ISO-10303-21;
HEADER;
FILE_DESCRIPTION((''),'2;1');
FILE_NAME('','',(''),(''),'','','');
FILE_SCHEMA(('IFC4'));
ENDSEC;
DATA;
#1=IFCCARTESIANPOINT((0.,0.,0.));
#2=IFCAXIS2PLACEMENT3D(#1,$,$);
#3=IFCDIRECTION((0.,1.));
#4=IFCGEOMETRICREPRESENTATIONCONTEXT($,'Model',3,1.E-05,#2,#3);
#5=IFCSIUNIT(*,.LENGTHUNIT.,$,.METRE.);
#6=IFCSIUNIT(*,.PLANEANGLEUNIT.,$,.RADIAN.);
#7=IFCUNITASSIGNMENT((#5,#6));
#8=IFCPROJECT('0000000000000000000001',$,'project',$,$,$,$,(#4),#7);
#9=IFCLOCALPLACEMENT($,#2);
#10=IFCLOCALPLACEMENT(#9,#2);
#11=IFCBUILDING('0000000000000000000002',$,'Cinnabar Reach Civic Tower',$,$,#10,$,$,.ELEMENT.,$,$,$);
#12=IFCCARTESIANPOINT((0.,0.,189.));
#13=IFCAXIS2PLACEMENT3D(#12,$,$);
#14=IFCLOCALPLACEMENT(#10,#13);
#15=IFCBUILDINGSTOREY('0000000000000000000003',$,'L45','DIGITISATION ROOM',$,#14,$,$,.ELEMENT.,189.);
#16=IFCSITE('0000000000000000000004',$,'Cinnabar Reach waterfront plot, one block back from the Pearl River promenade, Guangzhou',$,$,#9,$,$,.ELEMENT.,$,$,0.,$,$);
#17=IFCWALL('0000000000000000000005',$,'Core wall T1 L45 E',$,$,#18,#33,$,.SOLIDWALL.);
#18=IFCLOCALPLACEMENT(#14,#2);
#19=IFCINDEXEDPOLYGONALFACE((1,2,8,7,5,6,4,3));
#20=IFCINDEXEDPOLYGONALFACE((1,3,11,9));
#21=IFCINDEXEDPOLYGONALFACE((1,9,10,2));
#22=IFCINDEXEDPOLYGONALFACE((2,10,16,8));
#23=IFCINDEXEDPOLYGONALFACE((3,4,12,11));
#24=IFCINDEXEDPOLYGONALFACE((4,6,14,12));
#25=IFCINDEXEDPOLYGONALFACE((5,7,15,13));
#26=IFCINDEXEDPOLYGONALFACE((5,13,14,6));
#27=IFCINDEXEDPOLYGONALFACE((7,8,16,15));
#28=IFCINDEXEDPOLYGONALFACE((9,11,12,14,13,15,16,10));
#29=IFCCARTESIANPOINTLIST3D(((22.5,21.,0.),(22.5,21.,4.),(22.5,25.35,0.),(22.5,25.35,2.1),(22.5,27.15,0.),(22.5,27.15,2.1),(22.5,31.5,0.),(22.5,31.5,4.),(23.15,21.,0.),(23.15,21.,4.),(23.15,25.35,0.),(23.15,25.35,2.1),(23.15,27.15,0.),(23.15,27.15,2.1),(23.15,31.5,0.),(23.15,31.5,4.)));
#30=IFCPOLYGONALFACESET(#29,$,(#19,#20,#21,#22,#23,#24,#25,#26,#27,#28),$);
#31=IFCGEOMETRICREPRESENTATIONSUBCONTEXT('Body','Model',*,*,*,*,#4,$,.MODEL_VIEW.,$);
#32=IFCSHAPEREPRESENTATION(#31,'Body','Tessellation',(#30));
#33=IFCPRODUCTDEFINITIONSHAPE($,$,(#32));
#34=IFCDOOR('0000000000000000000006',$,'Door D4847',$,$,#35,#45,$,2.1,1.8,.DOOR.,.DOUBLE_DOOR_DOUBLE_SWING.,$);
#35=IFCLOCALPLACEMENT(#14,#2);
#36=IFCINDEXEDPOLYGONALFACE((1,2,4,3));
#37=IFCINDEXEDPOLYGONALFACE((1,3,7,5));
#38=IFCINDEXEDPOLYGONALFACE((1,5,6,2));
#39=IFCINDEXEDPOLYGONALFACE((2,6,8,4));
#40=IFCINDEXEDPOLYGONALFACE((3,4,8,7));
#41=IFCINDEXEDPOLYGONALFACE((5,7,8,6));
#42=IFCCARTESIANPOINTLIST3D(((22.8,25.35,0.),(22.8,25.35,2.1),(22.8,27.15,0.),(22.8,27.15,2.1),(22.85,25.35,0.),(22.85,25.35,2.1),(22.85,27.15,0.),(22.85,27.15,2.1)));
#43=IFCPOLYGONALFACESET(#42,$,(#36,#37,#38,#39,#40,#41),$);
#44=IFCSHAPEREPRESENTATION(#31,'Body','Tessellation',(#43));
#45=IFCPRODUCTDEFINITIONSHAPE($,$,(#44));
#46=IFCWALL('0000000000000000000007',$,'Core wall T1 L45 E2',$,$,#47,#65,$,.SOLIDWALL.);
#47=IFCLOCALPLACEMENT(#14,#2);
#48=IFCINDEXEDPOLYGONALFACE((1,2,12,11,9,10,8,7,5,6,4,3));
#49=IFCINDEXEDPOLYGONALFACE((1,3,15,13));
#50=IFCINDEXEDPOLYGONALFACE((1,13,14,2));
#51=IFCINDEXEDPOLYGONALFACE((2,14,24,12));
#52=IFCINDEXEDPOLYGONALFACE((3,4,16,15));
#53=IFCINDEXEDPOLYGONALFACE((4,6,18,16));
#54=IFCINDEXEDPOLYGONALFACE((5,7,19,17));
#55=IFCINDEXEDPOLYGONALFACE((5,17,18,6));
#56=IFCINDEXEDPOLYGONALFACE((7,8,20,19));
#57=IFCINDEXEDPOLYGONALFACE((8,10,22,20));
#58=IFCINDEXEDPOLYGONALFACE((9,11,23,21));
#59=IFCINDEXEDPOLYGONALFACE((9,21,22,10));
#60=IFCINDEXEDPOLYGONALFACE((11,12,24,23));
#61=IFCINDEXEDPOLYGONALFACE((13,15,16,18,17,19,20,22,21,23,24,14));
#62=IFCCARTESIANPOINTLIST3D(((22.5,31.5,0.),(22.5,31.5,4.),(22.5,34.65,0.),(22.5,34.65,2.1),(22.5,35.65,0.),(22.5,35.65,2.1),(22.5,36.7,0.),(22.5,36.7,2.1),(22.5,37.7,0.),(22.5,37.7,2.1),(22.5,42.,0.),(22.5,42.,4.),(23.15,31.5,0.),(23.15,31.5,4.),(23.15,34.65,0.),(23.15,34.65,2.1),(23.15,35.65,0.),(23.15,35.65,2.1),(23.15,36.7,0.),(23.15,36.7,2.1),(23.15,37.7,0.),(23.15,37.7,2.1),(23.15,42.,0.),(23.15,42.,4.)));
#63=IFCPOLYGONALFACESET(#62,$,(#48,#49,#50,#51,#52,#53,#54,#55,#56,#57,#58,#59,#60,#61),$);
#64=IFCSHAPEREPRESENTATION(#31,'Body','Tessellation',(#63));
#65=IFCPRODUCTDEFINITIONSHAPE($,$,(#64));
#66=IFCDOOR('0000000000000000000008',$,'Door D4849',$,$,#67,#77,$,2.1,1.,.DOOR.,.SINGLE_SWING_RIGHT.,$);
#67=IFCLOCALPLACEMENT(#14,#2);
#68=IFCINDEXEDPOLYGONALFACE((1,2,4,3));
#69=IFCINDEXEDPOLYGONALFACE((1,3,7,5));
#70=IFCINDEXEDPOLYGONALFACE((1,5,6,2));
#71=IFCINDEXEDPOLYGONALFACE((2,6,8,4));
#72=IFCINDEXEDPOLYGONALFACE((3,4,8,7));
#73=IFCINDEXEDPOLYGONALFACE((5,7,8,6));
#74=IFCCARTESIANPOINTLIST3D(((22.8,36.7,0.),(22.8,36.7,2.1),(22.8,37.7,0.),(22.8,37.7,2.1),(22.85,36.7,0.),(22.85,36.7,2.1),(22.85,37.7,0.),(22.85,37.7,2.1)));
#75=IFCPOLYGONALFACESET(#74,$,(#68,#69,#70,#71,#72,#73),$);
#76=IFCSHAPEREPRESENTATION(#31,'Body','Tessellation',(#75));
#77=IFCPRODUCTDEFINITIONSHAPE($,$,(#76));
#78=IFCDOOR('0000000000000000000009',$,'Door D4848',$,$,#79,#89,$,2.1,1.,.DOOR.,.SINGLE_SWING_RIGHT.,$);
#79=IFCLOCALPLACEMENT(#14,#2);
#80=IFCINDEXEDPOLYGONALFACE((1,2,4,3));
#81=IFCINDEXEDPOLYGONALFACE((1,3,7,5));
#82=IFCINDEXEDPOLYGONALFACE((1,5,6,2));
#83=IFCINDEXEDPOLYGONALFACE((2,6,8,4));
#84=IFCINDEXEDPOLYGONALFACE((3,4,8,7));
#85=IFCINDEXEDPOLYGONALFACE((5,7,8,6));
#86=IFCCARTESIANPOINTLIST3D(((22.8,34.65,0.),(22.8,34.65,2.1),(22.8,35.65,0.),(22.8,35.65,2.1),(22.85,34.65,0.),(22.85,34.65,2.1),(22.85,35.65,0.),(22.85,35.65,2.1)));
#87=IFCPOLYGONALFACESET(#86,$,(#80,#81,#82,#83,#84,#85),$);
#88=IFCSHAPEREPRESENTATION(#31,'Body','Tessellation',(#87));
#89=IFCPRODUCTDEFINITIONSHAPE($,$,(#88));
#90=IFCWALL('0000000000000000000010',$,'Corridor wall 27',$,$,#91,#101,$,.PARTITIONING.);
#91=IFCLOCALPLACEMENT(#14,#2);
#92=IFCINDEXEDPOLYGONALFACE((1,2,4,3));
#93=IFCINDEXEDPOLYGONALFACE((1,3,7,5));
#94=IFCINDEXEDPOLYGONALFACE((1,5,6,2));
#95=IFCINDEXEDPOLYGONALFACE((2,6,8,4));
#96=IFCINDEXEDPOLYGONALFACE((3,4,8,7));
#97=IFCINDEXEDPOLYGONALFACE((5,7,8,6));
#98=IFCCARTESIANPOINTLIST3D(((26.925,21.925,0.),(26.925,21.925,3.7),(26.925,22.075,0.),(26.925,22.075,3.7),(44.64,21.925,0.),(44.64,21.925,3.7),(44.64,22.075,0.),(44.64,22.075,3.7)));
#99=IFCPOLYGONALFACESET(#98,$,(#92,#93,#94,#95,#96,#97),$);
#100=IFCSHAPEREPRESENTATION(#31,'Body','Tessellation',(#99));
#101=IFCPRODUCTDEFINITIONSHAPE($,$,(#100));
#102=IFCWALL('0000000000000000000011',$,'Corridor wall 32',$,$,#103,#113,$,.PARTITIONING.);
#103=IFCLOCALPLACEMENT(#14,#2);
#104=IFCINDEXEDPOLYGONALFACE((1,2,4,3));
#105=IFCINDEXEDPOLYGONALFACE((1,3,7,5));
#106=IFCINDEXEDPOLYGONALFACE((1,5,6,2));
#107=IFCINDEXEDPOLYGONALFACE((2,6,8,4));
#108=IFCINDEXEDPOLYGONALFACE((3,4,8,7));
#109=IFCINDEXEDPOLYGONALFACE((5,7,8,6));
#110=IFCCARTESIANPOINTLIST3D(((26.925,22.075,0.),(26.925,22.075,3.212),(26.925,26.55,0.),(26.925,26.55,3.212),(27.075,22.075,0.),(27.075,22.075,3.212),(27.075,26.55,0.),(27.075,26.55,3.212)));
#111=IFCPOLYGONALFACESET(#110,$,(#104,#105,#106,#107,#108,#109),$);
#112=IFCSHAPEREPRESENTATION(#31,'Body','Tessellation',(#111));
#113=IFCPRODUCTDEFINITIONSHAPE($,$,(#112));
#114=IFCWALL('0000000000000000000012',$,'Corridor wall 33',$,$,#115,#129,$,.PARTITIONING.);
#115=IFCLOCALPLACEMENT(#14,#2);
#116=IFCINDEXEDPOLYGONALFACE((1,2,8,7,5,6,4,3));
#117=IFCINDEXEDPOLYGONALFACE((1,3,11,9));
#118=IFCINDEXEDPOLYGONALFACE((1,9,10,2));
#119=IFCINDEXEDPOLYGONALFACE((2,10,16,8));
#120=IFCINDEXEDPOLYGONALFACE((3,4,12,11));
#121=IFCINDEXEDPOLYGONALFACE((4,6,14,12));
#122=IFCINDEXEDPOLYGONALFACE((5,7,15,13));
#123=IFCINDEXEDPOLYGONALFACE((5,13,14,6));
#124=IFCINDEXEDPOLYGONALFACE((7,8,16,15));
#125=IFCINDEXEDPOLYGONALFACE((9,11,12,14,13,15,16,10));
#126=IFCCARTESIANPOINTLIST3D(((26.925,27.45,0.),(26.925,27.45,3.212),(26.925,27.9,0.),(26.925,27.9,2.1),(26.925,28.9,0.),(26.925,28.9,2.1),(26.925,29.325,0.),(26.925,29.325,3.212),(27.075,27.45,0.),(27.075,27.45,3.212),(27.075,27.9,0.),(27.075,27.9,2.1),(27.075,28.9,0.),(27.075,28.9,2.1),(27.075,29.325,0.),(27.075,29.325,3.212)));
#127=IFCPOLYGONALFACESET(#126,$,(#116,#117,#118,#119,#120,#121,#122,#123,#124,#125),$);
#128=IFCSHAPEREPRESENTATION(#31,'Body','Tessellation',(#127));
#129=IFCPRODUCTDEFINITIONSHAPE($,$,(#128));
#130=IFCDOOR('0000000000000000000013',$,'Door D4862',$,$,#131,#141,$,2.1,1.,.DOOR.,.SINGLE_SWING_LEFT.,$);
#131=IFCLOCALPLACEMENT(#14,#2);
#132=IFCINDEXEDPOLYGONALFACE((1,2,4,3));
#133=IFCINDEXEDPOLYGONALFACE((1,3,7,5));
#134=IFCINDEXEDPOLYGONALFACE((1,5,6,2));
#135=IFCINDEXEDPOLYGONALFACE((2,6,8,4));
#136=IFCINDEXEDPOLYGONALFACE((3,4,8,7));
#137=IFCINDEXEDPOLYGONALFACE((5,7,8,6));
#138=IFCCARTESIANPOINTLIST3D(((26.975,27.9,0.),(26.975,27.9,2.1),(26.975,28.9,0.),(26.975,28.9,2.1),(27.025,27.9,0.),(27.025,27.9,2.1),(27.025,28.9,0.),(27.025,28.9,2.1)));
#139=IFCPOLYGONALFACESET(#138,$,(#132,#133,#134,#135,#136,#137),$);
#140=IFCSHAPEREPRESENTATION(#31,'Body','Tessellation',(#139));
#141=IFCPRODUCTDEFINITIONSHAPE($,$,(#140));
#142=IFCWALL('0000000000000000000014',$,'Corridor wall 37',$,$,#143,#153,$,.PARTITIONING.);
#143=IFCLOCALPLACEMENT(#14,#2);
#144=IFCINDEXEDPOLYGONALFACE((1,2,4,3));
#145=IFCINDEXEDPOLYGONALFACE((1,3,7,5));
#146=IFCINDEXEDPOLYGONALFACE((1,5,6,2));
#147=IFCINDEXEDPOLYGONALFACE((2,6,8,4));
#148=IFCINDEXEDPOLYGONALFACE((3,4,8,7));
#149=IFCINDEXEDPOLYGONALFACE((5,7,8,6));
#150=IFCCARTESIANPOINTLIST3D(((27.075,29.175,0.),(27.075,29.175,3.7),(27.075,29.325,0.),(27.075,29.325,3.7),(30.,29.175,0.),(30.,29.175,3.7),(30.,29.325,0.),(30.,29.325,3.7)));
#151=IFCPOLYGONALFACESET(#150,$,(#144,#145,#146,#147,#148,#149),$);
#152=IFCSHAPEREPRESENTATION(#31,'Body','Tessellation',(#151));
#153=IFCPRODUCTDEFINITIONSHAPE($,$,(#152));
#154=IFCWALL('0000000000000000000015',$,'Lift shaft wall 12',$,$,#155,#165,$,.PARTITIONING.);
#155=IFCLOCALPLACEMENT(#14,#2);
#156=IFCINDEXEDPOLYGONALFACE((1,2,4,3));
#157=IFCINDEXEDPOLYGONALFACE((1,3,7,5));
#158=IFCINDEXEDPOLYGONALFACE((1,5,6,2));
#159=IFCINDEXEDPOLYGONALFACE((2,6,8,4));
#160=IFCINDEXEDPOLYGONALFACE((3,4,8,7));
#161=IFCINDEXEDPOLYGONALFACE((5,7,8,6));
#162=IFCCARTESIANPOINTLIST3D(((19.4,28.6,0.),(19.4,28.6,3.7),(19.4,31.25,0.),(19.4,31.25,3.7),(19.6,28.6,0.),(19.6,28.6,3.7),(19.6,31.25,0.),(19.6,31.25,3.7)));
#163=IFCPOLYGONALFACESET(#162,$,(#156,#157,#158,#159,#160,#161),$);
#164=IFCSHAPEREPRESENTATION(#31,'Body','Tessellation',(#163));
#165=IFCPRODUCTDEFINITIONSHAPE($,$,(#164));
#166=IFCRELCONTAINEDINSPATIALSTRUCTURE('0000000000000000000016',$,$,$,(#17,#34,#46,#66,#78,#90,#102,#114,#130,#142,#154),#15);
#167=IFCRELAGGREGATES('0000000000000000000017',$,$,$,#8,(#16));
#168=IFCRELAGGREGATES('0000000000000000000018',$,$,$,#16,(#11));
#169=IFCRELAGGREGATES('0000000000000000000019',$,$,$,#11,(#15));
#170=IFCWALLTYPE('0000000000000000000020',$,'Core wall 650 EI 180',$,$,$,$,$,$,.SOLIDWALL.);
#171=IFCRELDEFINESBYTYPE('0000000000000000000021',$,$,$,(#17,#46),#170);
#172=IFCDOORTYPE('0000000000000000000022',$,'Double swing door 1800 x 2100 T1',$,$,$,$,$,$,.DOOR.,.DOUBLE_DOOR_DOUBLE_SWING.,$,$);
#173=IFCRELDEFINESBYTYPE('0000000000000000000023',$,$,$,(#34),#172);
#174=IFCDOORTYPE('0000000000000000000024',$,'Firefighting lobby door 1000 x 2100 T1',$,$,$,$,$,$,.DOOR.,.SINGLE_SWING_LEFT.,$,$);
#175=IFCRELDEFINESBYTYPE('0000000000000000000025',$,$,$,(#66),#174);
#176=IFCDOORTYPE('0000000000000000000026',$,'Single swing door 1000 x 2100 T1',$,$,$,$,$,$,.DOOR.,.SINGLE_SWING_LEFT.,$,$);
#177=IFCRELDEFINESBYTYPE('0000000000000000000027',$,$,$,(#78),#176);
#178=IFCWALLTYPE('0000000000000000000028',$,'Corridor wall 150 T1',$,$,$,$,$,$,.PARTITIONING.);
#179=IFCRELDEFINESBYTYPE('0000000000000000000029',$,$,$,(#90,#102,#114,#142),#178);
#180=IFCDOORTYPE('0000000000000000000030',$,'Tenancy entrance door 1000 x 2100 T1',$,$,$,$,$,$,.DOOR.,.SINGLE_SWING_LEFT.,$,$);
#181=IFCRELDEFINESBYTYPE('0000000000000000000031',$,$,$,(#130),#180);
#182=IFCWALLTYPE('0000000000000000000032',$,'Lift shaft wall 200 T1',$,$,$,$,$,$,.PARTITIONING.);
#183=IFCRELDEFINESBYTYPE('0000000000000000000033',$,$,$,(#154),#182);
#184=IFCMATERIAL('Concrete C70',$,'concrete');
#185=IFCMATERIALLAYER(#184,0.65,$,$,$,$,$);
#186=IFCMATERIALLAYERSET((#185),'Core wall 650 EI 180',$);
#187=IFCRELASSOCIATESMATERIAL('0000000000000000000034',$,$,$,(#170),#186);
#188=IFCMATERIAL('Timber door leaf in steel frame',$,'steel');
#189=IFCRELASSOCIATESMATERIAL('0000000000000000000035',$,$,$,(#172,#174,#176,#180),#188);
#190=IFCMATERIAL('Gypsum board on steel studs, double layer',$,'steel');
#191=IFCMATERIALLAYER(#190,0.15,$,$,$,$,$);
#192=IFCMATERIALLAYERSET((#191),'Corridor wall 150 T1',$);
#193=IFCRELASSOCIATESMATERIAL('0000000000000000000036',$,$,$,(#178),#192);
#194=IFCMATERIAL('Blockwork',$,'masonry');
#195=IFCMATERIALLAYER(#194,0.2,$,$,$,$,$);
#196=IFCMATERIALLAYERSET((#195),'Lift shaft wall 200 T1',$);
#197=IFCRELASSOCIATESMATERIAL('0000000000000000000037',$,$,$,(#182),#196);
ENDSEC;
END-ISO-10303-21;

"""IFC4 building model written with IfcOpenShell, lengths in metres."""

from ifc_helpers import new_model, si_unit, direction, frame, frame_2d, origin, place, context, subcontext, project, spatial, rectangle, extrude, material, layer, layer_set, type_object, element, fill, save


model = new_model("IFC4")

# Units and contexts
model_context = context("Model", 3, precision=1e-05, world=origin(), true_north=direction((0.0, 1.0)))
body_context = subcontext(model_context, "Body", "Model", "MODEL_VIEW")
ifc_project = project(units=[si_unit("LENGTHUNIT", "METRE"), si_unit("PLANEANGLEUNIT", "RADIAN")], contexts=[model_context])

# Site, building, storey
site_placement = place(None, origin())
site = spatial("IfcSite", under=ifc_project, at=site_placement, Name="Cinnabar Reach waterfront plot, one block back from the Pearl River promenade, Guangzhou", CompositionType="ELEMENT", RefElevation=0.0)
building_placement = place(site_placement, origin())
building = spatial("IfcBuilding", under=site, at=building_placement, Name="Cinnabar Reach Civic Tower", CompositionType="ELEMENT")
storey_placement = place(building_placement, frame((0.0, 0.0, 189.0)))
storey = spatial("IfcBuildingStorey", under=building, at=storey_placement, Name="L45", Description="DIGITISATION ROOM", CompositionType="ELEMENT", Elevation=189.0)

# Shared definitions
ifc_material_1 = material(Name="Concrete C70", Category="concrete")

# Wall, opening, door
ifc_layer_1 = layer(ifc_material_1, 0.65)
ifc_layer_set_1 = layer_set([ifc_layer_1], Name="Core wall 650 EI 180")
wall_type_1 = type_object("IfcWallType", Name="Core wall 650 EI 180", PredefinedType="SOLIDWALL", material=ifc_layer_set_1)
wall_1_placement = place(storey_placement, frame((22.825, 21.0, 0.0), z_axis=(0.0, 0.0, 1.0), x_axis=(0.0, 1.0, 0.0)))
wall_1 = element("IfcWall", 1, at=wall_1_placement, inside=storey, type_object=wall_type_1, Name="Core wall T1 L45 E", PredefinedType="SOLIDWALL", context=body_context, shape_type="SweptSolid", body=[
    extrude(rectangle(XDim=10.5, YDim=0.65, at=frame_2d((5.25, 0.0))), origin(), (0.0, 0.0, 1.0), 4.0),
])
opening_1_placement = place(wall_1_placement, frame((4.35, 0.0, 0.0)))
opening_1 = element("IfcOpeningElement", 2, at=opening_1_placement, cuts=wall_1, PredefinedType="OPENING", context=body_context, shape_type="SweptSolid", body=[
    extrude(rectangle(XDim=1.8, YDim=2.1, at=frame_2d((0.9, 1.05))), frame((0.0, 0.335, 0.0), z_axis=(0.0, -1.0, 0.0), x_axis=(1.0, 0.0, 0.0)), (0.0, 0.0, 1.0), 0.67),
])
ifc_material_2 = material(Name="Timber door leaf in steel frame", Category="steel")
door_type_1 = type_object("IfcDoorType", Name="Double swing door 1800 x 2100 T1", OperationType="DOUBLE_DOOR_DOUBLE_SWING", PredefinedType="DOOR", material=ifc_material_2)
door_1_placement = place(opening_1_placement, origin())
door_1 = element("IfcDoor", 3, at=door_1_placement, inside=storey, type_object=door_type_1, Name="Door D4847", OperationType="DOUBLE_DOOR_DOUBLE_SWING", OverallHeight=2.1, OverallWidth=1.8, PredefinedType="DOOR", context=body_context, shape_type="SweptSolid", body=[
    extrude(rectangle(XDim=1.8, YDim=2.1, at=frame_2d((0.9, 1.05))), frame((0.0, 0.025, 0.0), z_axis=(0.0, -1.0, 0.0), x_axis=(1.0, 0.0, 0.0)), (0.0, 0.0, 1.0), 0.05),
])
fill(opening_1, door_1)

# Wall, openings, doors
wall_2_placement = place(storey_placement, frame((22.825, 31.5, 0.0), z_axis=(0.0, 0.0, 1.0), x_axis=(0.0, 1.0, 0.0)))
wall_2 = element("IfcWall", 4, at=wall_2_placement, inside=storey, type_object=wall_type_1, Name="Core wall T1 L45 E2", PredefinedType="SOLIDWALL", context=body_context, shape_type="SweptSolid", body=[
    extrude(rectangle(XDim=10.5, YDim=0.65, at=frame_2d((5.25, 0.0))), origin(), (0.0, 0.0, 1.0), 4.0),
])
opening_2_placement = place(wall_2_placement, frame((3.15, 0.0, 0.0)))
opening_2 = element("IfcOpeningElement", 5, at=opening_2_placement, cuts=wall_2, PredefinedType="OPENING", context=body_context, shape_type="SweptSolid", body=[
    extrude(rectangle(XDim=1.0, YDim=2.1, at=frame_2d((0.5, 1.05))), frame((0.0, 0.335, 0.0), z_axis=(0.0, -1.0, 0.0), x_axis=(1.0, 0.0, 0.0)), (0.0, 0.0, 1.0), 0.67),
])
opening_3_placement = place(wall_2_placement, frame((5.2, 0.0, 0.0)))
opening_3 = element("IfcOpeningElement", 6, at=opening_3_placement, cuts=wall_2, PredefinedType="OPENING", context=body_context, shape_type="SweptSolid", body=[
    extrude(rectangle(XDim=1.0, YDim=2.1, at=frame_2d((0.5, 1.05))), frame((0.0, 0.335, 0.0), z_axis=(0.0, -1.0, 0.0), x_axis=(1.0, 0.0, 0.0)), (0.0, 0.0, 1.0), 0.67),
])
door_type_2 = type_object("IfcDoorType", Name="Firefighting lobby door 1000 x 2100 T1", OperationType="SINGLE_SWING_LEFT", PredefinedType="DOOR", material=ifc_material_2)
door_2_placement = place(opening_3_placement, origin())
door_2 = element("IfcDoor", 7, at=door_2_placement, inside=storey, type_object=door_type_2, Name="Door D4849", OperationType="SINGLE_SWING_RIGHT", OverallHeight=2.1, OverallWidth=1.0, PredefinedType="DOOR", context=body_context, shape_type="SweptSolid", body=[
    extrude(rectangle(XDim=1.0, YDim=2.1, at=frame_2d((0.5, 1.05))), frame((0.0, 0.025, 0.0), z_axis=(0.0, -1.0, 0.0), x_axis=(1.0, 0.0, 0.0)), (0.0, 0.0, 1.0), 0.05),
])
fill(opening_3, door_2)
door_type_3 = type_object("IfcDoorType", Name="Single swing door 1000 x 2100 T1", OperationType="SINGLE_SWING_LEFT", PredefinedType="DOOR", material=ifc_material_2)
door_3_placement = place(opening_2_placement, origin())
door_3 = element("IfcDoor", 8, at=door_3_placement, inside=storey, type_object=door_type_3, Name="Door D4848", OperationType="SINGLE_SWING_RIGHT", OverallHeight=2.1, OverallWidth=1.0, PredefinedType="DOOR", context=body_context, shape_type="SweptSolid", body=[
    extrude(rectangle(XDim=1.0, YDim=2.1, at=frame_2d((0.5, 1.05))), frame((0.0, 0.025, 0.0), z_axis=(0.0, -1.0, 0.0), x_axis=(1.0, 0.0, 0.0)), (0.0, 0.0, 1.0), 0.05),
])
fill(opening_2, door_3)

# Walls
ifc_material_3 = material(Name="Gypsum board on steel studs, double layer", Category="steel")
ifc_layer_2 = layer(ifc_material_3, 0.15)
ifc_layer_set_2 = layer_set([ifc_layer_2], Name="Corridor wall 150 T1")
wall_type_2 = type_object("IfcWallType", Name="Corridor wall 150 T1", PredefinedType="PARTITIONING", material=ifc_layer_set_2)
wall_3_placement = place(storey_placement, frame((26.925, 22.0, 0.0), z_axis=(0.0, 0.0, 1.0), x_axis=(1.0, 0.0, 0.0)))
element("IfcWall", 9, at=wall_3_placement, inside=storey, type_object=wall_type_2, Name="Corridor wall 27", PredefinedType="PARTITIONING", context=body_context, shape_type="SweptSolid", body=[
    extrude(rectangle(XDim=17.715, YDim=0.15, at=frame_2d((8.8575, 0.0))), origin(), (0.0, 0.0, 1.0), 3.7),
])
wall_4_placement = place(storey_placement, frame((27.0, 22.075, 0.0), z_axis=(0.0, 0.0, 1.0), x_axis=(0.0, 1.0, 0.0)))
element("IfcWall", 10, at=wall_4_placement, inside=storey, type_object=wall_type_2, Name="Corridor wall 32", PredefinedType="PARTITIONING", context=body_context, shape_type="SweptSolid", body=[
    extrude(rectangle(XDim=4.475, YDim=0.15, at=frame_2d((2.2375, 0.0))), origin(), (0.0, 0.0, 1.0), 3.212),
])

# Wall, opening, door
wall_5_placement = place(storey_placement, frame((27.0, 27.45, 0.0), z_axis=(0.0, 0.0, 1.0), x_axis=(0.0, 1.0, 0.0)))
wall_5 = element("IfcWall", 11, at=wall_5_placement, inside=storey, type_object=wall_type_2, Name="Corridor wall 33", PredefinedType="PARTITIONING", context=body_context, shape_type="SweptSolid", body=[
    extrude(rectangle(XDim=1.875, YDim=0.15, at=frame_2d((0.9375, 0.0))), origin(), (0.0, 0.0, 1.0), 3.212),
])
opening_4_placement = place(wall_5_placement, frame((0.45, 0.0, 0.0)))
opening_4 = element("IfcOpeningElement", 12, at=opening_4_placement, cuts=wall_5, PredefinedType="OPENING", context=body_context, shape_type="SweptSolid", body=[
    extrude(rectangle(XDim=1.0, YDim=2.1, at=frame_2d((0.5, 1.05))), frame((0.0, 0.085, 0.0), z_axis=(0.0, -1.0, 0.0), x_axis=(1.0, 0.0, 0.0)), (0.0, 0.0, 1.0), 0.17),
])
door_type_4 = type_object("IfcDoorType", Name="Tenancy entrance door 1000 x 2100 T1", OperationType="SINGLE_SWING_LEFT", PredefinedType="DOOR", material=ifc_material_2)
door_4_placement = place(opening_4_placement, frame((1.0, 0.0, 0.0), z_axis=(0.0, 0.0, 1.0), x_axis=(-1.0, 0.0, 0.0)))
door_4 = element("IfcDoor", 13, at=door_4_placement, inside=storey, type_object=door_type_4, Name="Door D4862", OperationType="SINGLE_SWING_LEFT", OverallHeight=2.1, OverallWidth=1.0, PredefinedType="DOOR", context=body_context, shape_type="SweptSolid", body=[
    extrude(rectangle(XDim=1.0, YDim=2.1, at=frame_2d((0.5, 1.05))), frame((0.0, 0.025, 0.0), z_axis=(0.0, -1.0, 0.0), x_axis=(1.0, 0.0, 0.0)), (0.0, 0.0, 1.0), 0.05),
])
fill(opening_4, door_4)

# Walls
wall_6_placement = place(storey_placement, frame((27.075, 29.25, 0.0), z_axis=(0.0, 0.0, 1.0), x_axis=(1.0, 0.0, 0.0)))
element("IfcWall", 14, at=wall_6_placement, inside=storey, type_object=wall_type_2, Name="Corridor wall 37", PredefinedType="PARTITIONING", context=body_context, shape_type="SweptSolid", body=[
    extrude(rectangle(XDim=2.925, YDim=0.15, at=frame_2d((1.4625, 0.0))), origin(), (0.0, 0.0, 1.0), 3.7),
])
ifc_material_4 = material(Name="Blockwork", Category="masonry")
ifc_layer_3 = layer(ifc_material_4, 0.2)
ifc_layer_set_3 = layer_set([ifc_layer_3], Name="Lift shaft wall 200 T1")
wall_type_3 = type_object("IfcWallType", Name="Lift shaft wall 200 T1", PredefinedType="PARTITIONING", material=ifc_layer_set_3)
wall_7_placement = place(storey_placement, frame((19.5, 28.6, 0.0), z_axis=(0.0, 0.0, 1.0), x_axis=(0.0, 1.0, 0.0)))
element("IfcWall", 15, at=wall_7_placement, inside=storey, type_object=wall_type_3, Name="Lift shaft wall 12", PredefinedType="PARTITIONING", context=body_context, shape_type="SweptSolid", body=[
    extrude(rectangle(XDim=2.65, YDim=0.2, at=frame_2d((1.325, 0.0))), origin(), (0.0, 0.0, 1.0), 3.7),
])

save(model, "model.ifc")
